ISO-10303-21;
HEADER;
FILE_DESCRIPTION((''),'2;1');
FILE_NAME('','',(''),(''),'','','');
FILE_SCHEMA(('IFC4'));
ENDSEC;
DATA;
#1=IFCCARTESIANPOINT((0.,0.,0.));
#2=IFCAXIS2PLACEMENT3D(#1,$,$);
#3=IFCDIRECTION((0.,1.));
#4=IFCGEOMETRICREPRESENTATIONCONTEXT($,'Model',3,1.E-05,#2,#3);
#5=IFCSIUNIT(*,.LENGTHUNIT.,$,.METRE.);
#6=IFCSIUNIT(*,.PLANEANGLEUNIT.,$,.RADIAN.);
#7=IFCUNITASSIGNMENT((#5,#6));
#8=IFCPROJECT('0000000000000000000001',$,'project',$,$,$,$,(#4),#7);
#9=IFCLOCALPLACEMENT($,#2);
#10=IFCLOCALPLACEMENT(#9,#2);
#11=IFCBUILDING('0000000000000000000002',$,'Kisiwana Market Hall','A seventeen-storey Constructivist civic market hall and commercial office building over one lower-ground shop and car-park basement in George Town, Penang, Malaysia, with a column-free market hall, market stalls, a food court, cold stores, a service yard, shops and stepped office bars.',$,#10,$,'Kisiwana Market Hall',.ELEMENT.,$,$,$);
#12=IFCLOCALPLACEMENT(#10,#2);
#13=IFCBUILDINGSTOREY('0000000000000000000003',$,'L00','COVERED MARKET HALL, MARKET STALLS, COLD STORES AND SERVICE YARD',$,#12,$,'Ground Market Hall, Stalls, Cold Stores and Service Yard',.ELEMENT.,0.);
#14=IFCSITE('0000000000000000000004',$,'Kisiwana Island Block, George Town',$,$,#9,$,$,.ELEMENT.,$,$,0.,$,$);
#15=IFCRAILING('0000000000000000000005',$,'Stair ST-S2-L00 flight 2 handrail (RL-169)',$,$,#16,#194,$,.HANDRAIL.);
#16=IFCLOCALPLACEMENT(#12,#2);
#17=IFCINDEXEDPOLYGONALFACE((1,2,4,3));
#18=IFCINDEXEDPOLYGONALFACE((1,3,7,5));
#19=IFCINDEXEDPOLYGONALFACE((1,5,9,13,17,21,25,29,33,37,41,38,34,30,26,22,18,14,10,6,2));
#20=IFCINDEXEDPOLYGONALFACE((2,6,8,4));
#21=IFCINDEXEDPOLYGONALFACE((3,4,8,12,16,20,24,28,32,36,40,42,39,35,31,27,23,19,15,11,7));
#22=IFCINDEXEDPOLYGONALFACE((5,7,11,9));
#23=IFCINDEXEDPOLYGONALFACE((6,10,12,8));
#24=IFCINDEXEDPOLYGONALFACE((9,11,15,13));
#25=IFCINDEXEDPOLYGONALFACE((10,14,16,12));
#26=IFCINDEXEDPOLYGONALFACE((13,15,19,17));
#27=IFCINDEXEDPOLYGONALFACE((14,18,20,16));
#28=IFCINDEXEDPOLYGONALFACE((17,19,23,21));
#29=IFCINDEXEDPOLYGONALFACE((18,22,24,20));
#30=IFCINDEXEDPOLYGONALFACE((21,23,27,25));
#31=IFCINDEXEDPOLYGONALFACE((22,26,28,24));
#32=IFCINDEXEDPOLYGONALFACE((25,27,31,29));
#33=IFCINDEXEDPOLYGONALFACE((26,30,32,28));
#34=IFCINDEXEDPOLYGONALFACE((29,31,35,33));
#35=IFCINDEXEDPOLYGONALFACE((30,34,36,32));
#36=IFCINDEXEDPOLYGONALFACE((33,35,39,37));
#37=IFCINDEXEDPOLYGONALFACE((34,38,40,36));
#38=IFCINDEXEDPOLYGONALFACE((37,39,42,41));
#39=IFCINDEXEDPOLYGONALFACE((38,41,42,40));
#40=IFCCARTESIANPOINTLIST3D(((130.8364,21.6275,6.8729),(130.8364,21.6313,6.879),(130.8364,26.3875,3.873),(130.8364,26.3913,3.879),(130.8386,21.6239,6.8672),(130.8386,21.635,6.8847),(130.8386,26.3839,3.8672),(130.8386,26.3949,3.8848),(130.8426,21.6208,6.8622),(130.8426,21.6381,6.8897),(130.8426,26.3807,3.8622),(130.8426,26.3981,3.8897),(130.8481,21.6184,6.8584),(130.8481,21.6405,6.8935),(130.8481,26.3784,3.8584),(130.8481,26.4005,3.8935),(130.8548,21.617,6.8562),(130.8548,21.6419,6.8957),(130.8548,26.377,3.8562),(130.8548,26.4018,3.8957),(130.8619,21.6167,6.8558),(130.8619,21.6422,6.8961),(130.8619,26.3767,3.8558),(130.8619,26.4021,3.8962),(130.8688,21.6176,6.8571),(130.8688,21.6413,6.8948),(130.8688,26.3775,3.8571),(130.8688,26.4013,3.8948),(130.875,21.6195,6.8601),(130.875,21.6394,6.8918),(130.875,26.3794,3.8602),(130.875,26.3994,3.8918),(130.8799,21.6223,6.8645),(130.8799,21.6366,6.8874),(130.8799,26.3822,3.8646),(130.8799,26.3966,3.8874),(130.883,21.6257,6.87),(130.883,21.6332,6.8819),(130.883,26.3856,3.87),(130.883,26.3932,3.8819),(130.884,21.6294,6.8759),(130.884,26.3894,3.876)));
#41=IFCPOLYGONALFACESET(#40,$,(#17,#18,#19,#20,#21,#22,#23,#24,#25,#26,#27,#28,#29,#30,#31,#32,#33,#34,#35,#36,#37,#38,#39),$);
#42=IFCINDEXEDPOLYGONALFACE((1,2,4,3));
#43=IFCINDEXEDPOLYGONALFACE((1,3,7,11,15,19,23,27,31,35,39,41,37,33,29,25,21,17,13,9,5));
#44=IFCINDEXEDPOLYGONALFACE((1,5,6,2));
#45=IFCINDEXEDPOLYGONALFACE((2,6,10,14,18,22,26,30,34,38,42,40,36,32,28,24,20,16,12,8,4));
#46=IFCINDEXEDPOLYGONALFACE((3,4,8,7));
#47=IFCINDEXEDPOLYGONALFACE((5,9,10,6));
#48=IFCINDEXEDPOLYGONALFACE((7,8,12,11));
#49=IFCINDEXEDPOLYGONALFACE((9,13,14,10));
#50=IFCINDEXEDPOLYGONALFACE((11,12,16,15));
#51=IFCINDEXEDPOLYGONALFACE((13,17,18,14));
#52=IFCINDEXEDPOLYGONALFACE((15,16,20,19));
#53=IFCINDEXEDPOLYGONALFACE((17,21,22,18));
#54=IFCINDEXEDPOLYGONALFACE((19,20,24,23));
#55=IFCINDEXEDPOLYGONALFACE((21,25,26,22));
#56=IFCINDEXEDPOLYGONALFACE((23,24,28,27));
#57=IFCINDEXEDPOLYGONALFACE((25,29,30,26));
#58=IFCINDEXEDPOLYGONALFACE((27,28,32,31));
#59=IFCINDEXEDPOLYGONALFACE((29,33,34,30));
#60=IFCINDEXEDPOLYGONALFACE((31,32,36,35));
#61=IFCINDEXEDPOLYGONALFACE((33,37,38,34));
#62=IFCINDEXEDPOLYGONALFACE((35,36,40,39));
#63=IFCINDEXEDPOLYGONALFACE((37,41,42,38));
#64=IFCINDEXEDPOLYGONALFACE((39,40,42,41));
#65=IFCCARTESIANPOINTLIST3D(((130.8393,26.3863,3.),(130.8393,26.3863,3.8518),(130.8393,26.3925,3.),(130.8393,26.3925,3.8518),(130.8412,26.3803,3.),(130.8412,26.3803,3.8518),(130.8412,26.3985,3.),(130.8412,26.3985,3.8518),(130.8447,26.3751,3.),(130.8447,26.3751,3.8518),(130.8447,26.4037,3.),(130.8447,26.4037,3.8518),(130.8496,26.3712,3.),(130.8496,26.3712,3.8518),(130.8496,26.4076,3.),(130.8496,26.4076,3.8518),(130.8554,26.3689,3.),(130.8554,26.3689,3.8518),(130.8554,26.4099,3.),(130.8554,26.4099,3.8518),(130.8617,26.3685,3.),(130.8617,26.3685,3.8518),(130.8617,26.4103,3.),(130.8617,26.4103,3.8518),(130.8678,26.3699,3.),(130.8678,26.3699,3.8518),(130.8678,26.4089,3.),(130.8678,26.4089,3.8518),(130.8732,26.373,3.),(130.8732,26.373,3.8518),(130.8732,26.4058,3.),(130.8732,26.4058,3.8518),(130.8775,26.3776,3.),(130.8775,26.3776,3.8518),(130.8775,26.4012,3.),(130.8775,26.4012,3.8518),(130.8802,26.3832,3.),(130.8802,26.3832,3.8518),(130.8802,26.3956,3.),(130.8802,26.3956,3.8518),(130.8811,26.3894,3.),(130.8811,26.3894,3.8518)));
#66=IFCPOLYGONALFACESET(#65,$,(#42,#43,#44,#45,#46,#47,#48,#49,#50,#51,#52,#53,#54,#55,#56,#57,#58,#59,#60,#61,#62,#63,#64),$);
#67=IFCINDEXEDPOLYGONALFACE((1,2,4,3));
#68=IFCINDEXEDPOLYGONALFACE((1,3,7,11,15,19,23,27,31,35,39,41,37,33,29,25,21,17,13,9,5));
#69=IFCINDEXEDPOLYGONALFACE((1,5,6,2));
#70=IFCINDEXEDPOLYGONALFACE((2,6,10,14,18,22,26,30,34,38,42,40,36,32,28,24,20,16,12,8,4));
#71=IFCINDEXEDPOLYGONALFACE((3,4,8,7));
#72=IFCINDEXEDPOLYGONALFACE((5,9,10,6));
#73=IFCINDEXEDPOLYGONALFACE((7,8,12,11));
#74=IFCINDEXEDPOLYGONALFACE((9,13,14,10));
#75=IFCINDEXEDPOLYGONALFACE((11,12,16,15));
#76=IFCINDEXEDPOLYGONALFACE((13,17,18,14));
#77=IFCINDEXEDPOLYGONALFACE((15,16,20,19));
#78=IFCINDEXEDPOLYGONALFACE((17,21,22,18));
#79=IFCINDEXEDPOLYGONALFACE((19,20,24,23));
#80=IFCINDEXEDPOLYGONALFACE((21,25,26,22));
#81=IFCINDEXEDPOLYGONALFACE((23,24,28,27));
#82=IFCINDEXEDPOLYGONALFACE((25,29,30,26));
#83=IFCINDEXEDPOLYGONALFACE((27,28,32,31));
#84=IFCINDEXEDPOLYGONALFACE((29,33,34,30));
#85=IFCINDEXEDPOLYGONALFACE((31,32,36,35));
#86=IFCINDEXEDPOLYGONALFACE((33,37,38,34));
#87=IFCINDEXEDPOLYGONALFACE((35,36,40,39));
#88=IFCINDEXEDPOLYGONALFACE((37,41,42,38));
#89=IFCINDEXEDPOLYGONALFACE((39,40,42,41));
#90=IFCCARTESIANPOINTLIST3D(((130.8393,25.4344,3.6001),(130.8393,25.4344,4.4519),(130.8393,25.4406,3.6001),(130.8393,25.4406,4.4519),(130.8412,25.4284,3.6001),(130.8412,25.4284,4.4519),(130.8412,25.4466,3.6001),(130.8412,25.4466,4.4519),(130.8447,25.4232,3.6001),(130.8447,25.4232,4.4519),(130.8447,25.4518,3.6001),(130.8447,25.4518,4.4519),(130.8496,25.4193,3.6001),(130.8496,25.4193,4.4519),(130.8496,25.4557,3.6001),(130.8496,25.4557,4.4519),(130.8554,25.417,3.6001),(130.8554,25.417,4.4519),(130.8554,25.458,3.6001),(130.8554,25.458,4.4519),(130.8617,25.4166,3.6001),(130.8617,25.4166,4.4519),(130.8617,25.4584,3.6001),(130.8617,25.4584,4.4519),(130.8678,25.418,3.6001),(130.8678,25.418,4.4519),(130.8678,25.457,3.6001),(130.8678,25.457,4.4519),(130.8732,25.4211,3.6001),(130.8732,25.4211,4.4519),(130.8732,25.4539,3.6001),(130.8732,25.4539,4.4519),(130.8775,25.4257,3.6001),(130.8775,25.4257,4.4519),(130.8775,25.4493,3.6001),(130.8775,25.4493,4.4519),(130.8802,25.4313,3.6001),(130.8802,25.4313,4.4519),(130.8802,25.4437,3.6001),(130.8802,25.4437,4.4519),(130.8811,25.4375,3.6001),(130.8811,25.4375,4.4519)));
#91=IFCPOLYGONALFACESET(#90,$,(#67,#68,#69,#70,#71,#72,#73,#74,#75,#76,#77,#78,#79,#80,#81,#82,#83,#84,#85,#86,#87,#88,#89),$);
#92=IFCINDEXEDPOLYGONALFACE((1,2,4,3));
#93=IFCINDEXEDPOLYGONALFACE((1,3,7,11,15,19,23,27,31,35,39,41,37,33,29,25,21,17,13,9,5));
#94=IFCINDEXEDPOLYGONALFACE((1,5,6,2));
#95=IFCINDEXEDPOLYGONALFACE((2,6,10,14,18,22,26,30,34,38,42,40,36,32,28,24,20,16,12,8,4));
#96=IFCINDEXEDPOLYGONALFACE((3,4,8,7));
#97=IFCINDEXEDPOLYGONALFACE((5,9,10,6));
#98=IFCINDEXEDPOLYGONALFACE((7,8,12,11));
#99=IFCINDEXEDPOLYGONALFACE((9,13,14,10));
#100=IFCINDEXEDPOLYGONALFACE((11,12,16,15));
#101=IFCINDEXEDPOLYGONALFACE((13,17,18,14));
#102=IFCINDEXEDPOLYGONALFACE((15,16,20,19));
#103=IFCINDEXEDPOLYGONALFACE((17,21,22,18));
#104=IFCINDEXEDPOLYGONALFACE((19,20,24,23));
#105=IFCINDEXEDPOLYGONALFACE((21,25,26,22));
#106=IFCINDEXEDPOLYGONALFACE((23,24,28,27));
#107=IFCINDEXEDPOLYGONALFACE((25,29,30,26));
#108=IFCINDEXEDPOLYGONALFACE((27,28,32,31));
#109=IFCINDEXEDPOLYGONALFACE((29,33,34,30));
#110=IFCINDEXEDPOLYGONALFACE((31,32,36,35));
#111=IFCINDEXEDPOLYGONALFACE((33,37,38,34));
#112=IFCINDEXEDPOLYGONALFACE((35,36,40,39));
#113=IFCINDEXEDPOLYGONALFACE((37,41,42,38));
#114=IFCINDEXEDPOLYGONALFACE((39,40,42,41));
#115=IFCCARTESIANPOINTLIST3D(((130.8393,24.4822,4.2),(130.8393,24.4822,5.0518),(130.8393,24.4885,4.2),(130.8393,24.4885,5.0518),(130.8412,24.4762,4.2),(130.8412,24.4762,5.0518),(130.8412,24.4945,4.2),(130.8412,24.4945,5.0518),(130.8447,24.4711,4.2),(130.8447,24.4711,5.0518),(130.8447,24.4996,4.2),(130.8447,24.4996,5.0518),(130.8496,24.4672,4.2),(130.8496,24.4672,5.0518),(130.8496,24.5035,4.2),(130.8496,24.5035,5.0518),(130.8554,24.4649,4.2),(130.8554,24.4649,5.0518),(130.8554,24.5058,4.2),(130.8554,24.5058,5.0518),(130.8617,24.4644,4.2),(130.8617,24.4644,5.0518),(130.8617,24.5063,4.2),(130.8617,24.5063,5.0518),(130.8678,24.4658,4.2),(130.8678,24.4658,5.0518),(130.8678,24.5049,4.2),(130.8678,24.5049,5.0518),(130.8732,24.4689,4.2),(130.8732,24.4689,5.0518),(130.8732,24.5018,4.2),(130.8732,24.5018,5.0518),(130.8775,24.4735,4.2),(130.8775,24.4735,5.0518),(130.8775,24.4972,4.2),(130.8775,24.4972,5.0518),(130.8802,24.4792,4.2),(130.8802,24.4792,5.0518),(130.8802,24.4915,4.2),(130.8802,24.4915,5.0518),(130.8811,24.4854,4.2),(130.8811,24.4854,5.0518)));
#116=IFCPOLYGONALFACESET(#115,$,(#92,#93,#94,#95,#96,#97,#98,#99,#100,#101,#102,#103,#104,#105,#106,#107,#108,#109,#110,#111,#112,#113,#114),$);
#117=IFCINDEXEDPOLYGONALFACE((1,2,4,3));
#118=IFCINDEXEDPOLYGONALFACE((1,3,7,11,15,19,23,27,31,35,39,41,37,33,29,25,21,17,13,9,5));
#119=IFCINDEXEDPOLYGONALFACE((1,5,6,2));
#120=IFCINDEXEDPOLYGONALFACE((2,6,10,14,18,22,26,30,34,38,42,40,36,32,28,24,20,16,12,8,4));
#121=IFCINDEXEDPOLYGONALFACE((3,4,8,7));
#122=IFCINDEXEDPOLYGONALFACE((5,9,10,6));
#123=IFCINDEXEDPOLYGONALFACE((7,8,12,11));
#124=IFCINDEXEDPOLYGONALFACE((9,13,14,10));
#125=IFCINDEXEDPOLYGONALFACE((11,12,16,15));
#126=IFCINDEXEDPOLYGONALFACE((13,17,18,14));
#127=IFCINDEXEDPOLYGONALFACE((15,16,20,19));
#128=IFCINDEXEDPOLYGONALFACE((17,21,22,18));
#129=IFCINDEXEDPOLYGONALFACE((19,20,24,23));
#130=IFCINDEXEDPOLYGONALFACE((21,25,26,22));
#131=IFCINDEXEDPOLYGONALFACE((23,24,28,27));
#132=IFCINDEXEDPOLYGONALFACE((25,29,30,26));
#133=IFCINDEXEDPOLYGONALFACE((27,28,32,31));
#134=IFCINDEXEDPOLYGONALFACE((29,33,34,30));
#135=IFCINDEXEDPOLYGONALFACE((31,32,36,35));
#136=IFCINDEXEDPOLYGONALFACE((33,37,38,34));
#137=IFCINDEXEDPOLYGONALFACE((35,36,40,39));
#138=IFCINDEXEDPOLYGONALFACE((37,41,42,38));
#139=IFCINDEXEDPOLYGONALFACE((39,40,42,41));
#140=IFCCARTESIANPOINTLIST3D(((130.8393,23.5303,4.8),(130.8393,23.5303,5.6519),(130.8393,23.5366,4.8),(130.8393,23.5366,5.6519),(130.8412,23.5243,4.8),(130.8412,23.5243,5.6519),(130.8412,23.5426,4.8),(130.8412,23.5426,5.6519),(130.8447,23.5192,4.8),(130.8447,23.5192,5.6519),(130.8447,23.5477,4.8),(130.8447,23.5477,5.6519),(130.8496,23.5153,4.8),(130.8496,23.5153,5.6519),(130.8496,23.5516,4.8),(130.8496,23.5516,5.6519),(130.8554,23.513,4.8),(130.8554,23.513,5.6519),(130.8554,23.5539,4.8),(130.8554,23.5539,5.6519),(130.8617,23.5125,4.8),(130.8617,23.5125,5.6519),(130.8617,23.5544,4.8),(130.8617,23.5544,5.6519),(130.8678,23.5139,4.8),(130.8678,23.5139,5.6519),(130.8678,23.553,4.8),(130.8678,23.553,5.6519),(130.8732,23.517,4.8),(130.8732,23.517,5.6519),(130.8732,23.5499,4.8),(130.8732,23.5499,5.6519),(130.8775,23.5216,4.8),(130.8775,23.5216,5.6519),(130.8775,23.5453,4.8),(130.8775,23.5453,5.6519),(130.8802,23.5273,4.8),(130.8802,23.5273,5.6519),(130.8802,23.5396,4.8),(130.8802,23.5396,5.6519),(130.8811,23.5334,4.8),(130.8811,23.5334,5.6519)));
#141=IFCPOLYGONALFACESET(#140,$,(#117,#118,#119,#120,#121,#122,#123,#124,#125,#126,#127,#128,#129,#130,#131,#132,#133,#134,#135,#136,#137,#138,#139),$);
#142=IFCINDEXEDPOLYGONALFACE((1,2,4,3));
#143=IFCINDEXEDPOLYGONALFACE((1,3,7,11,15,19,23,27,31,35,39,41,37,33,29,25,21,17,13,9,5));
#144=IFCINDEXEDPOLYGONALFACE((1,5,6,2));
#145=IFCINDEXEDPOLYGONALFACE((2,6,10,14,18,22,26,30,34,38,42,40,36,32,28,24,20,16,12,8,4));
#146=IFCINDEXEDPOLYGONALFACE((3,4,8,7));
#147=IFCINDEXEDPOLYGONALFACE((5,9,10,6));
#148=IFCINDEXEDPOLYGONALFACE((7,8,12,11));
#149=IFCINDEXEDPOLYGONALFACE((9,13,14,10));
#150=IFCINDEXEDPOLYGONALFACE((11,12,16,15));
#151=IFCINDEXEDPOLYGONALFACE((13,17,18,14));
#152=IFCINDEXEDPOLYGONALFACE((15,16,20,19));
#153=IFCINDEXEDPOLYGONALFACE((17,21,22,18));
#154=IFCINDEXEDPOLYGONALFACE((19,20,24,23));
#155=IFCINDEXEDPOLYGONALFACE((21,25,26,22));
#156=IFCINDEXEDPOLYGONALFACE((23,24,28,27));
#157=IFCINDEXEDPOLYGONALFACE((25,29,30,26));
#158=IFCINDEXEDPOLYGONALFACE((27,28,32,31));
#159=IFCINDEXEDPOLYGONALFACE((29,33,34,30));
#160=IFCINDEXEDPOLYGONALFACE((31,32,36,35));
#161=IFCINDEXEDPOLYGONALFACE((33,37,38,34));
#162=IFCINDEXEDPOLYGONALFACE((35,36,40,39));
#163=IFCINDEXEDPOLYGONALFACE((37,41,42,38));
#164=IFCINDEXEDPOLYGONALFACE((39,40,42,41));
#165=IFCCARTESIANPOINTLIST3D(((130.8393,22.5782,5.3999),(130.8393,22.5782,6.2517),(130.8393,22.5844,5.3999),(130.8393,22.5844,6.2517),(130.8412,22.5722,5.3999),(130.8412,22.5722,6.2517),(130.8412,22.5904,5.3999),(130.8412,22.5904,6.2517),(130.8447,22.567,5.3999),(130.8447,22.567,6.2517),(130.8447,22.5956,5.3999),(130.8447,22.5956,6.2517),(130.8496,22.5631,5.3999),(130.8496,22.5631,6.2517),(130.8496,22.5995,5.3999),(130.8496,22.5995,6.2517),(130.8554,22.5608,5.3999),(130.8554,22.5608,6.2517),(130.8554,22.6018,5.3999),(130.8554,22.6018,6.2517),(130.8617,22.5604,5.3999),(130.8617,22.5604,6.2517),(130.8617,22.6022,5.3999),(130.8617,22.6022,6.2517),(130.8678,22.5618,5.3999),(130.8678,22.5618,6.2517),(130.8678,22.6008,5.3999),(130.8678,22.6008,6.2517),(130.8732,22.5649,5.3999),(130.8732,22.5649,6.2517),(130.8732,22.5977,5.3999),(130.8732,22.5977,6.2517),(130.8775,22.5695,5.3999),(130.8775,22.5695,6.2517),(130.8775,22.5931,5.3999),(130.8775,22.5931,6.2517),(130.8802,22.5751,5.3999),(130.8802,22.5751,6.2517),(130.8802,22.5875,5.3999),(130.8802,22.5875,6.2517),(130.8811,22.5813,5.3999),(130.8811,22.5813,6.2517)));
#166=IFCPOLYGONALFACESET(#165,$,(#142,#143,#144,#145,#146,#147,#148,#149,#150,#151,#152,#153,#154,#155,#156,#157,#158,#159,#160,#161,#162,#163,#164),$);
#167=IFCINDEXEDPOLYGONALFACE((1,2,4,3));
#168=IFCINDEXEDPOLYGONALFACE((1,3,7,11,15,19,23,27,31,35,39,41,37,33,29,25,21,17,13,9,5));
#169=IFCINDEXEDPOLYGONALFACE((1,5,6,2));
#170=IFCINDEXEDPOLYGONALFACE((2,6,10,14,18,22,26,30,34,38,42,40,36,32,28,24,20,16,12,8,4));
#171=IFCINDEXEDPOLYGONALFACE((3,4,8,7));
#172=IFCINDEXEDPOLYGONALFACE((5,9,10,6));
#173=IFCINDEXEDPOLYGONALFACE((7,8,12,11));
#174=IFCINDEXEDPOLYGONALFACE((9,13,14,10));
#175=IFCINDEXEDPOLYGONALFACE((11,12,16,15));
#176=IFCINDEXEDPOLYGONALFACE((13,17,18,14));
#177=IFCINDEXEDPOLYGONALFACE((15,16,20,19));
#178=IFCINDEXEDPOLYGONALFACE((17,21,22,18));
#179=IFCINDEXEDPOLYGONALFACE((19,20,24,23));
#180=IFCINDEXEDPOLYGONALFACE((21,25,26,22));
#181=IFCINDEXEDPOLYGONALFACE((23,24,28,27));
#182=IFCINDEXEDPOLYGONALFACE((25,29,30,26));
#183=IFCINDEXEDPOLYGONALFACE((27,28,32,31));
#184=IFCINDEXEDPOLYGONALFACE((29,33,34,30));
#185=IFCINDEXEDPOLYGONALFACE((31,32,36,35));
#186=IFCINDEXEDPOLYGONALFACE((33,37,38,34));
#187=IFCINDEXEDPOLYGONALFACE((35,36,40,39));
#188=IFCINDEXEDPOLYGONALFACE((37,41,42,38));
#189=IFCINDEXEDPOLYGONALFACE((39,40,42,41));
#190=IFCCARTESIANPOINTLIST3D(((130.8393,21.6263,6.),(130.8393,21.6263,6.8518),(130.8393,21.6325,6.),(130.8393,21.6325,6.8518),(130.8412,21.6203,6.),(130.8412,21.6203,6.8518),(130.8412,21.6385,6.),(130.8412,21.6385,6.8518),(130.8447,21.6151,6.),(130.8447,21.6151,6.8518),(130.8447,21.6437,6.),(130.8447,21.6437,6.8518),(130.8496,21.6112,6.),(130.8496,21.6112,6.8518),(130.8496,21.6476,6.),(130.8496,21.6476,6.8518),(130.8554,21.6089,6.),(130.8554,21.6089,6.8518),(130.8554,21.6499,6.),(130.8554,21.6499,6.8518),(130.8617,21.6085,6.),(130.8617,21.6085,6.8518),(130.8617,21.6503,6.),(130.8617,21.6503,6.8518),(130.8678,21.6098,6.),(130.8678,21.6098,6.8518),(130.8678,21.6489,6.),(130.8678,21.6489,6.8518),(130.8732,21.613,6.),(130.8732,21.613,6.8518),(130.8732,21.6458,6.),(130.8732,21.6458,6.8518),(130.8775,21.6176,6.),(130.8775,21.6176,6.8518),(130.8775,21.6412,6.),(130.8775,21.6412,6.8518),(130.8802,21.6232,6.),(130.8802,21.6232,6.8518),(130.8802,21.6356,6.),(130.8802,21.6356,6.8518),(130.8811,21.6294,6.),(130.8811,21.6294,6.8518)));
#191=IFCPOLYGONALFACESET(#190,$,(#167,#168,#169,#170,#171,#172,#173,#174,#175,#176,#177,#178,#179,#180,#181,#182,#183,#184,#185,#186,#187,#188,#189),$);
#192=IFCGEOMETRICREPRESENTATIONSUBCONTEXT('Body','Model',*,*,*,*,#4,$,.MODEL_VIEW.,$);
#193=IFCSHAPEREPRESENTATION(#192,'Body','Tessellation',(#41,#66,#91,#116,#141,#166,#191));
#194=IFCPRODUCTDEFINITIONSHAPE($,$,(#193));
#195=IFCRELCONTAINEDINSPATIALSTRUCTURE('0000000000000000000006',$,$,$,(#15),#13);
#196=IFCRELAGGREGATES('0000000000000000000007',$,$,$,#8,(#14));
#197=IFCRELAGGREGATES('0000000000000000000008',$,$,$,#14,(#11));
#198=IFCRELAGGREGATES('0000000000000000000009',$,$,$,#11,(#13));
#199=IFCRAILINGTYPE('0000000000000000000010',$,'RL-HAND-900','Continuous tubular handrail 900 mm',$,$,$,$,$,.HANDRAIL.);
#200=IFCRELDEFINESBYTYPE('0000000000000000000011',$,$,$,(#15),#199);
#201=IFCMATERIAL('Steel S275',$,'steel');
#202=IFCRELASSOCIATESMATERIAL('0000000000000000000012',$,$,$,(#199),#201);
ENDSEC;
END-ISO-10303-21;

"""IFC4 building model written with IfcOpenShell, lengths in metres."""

from ifc_helpers import new_model, si_unit, direction, frame, origin, origin_2d, place, context, subcontext, project, spatial, circle, extrude, material, type_object, element, save


model = new_model("IFC4")

# Units and contexts
model_context = context("Model", 3, precision=1e-05, world=origin(), true_north=direction((0.0, 1.0)))
body_context = subcontext(model_context, "Body", "Model", "MODEL_VIEW")
ifc_project = project(units=[si_unit("LENGTHUNIT", "METRE"), si_unit("PLANEANGLEUNIT", "RADIAN")], contexts=[model_context])

# Site, building, storey
site_placement = place(None, origin())
site = spatial("IfcSite", under=ifc_project, at=site_placement, Name="Kisiwana Island Block, George Town", CompositionType="ELEMENT", RefElevation=0.0)
building_placement = place(site_placement, origin())
building = spatial("IfcBuilding", under=site, at=building_placement, Name="Kisiwana Market Hall", Description="A seventeen-storey Constructivist civic market hall and commercial office building over one lower-ground shop and car-park basement in George Town, Penang, Malaysia, with a column-free market hall, market stalls, a food court, cold stores, a service yard, shops and stepped office bars.", LongName="Kisiwana Market Hall", CompositionType="ELEMENT")
storey_placement = place(building_placement, origin())
storey = spatial("IfcBuildingStorey", under=building, at=storey_placement, Name="L00", Description="COVERED MARKET HALL, MARKET STALLS, COLD STORES AND SERVICE YARD", LongName="Ground Market Hall, Stalls, Cold Stores and Service Yard", CompositionType="ELEMENT", Elevation=0.0)

# Railing
ifc_material_1 = material(Name="Steel S275", Category="steel")
railing_type_1 = type_object("IfcRailingType", Name="RL-HAND-900", Description="Continuous tubular handrail 900 mm", PredefinedType="HANDRAIL", material=ifc_material_1)
railing_1_placement = place(storey_placement, frame((130.8601, 26.3894, 3.0)))
element("IfcRailing", 1, at=railing_1_placement, inside=storey, type_object=railing_type_1, Name="Stair ST-S2-L00 flight 2 handrail (RL-169)", PredefinedType="HANDRAIL", context=body_context, shape_type="SweptSolid", body=[
    extrude(circle(Radius=0.0239, at=origin_2d()), frame((0.0, 0.0, 0.876), z_axis=(0.0, -0.845996, 0.53319), x_axis=(1.0, 0.0, 0.0)), (0.0, 0.0, 1.0), 5.6265),
    extrude(circle(Radius=0.021, at=origin_2d()), origin(), (0.0, 0.0, 1.0), 0.8518),
    extrude(circle(Radius=0.021, at=origin_2d()), frame((0.0, -0.9519, 0.6001)), (0.0, 0.0, 1.0), 0.8518),
    extrude(circle(Radius=0.021, at=origin_2d()), frame((0.0, -1.9041, 1.2)), (0.0, 0.0, 1.0), 0.8518),
    extrude(circle(Radius=0.021, at=origin_2d()), frame((0.0, -2.856, 1.8)), (0.0, 0.0, 1.0), 0.8518),
    extrude(circle(Radius=0.021, at=origin_2d()), frame((0.0, -3.8081, 2.3999)), (0.0, 0.0, 1.0), 0.8518),
    extrude(circle(Radius=0.021, at=origin_2d()), frame((0.0, -4.76, 3.0)), (0.0, 0.0, 1.0), 0.8518),
])

save(model, "model.ifc")
